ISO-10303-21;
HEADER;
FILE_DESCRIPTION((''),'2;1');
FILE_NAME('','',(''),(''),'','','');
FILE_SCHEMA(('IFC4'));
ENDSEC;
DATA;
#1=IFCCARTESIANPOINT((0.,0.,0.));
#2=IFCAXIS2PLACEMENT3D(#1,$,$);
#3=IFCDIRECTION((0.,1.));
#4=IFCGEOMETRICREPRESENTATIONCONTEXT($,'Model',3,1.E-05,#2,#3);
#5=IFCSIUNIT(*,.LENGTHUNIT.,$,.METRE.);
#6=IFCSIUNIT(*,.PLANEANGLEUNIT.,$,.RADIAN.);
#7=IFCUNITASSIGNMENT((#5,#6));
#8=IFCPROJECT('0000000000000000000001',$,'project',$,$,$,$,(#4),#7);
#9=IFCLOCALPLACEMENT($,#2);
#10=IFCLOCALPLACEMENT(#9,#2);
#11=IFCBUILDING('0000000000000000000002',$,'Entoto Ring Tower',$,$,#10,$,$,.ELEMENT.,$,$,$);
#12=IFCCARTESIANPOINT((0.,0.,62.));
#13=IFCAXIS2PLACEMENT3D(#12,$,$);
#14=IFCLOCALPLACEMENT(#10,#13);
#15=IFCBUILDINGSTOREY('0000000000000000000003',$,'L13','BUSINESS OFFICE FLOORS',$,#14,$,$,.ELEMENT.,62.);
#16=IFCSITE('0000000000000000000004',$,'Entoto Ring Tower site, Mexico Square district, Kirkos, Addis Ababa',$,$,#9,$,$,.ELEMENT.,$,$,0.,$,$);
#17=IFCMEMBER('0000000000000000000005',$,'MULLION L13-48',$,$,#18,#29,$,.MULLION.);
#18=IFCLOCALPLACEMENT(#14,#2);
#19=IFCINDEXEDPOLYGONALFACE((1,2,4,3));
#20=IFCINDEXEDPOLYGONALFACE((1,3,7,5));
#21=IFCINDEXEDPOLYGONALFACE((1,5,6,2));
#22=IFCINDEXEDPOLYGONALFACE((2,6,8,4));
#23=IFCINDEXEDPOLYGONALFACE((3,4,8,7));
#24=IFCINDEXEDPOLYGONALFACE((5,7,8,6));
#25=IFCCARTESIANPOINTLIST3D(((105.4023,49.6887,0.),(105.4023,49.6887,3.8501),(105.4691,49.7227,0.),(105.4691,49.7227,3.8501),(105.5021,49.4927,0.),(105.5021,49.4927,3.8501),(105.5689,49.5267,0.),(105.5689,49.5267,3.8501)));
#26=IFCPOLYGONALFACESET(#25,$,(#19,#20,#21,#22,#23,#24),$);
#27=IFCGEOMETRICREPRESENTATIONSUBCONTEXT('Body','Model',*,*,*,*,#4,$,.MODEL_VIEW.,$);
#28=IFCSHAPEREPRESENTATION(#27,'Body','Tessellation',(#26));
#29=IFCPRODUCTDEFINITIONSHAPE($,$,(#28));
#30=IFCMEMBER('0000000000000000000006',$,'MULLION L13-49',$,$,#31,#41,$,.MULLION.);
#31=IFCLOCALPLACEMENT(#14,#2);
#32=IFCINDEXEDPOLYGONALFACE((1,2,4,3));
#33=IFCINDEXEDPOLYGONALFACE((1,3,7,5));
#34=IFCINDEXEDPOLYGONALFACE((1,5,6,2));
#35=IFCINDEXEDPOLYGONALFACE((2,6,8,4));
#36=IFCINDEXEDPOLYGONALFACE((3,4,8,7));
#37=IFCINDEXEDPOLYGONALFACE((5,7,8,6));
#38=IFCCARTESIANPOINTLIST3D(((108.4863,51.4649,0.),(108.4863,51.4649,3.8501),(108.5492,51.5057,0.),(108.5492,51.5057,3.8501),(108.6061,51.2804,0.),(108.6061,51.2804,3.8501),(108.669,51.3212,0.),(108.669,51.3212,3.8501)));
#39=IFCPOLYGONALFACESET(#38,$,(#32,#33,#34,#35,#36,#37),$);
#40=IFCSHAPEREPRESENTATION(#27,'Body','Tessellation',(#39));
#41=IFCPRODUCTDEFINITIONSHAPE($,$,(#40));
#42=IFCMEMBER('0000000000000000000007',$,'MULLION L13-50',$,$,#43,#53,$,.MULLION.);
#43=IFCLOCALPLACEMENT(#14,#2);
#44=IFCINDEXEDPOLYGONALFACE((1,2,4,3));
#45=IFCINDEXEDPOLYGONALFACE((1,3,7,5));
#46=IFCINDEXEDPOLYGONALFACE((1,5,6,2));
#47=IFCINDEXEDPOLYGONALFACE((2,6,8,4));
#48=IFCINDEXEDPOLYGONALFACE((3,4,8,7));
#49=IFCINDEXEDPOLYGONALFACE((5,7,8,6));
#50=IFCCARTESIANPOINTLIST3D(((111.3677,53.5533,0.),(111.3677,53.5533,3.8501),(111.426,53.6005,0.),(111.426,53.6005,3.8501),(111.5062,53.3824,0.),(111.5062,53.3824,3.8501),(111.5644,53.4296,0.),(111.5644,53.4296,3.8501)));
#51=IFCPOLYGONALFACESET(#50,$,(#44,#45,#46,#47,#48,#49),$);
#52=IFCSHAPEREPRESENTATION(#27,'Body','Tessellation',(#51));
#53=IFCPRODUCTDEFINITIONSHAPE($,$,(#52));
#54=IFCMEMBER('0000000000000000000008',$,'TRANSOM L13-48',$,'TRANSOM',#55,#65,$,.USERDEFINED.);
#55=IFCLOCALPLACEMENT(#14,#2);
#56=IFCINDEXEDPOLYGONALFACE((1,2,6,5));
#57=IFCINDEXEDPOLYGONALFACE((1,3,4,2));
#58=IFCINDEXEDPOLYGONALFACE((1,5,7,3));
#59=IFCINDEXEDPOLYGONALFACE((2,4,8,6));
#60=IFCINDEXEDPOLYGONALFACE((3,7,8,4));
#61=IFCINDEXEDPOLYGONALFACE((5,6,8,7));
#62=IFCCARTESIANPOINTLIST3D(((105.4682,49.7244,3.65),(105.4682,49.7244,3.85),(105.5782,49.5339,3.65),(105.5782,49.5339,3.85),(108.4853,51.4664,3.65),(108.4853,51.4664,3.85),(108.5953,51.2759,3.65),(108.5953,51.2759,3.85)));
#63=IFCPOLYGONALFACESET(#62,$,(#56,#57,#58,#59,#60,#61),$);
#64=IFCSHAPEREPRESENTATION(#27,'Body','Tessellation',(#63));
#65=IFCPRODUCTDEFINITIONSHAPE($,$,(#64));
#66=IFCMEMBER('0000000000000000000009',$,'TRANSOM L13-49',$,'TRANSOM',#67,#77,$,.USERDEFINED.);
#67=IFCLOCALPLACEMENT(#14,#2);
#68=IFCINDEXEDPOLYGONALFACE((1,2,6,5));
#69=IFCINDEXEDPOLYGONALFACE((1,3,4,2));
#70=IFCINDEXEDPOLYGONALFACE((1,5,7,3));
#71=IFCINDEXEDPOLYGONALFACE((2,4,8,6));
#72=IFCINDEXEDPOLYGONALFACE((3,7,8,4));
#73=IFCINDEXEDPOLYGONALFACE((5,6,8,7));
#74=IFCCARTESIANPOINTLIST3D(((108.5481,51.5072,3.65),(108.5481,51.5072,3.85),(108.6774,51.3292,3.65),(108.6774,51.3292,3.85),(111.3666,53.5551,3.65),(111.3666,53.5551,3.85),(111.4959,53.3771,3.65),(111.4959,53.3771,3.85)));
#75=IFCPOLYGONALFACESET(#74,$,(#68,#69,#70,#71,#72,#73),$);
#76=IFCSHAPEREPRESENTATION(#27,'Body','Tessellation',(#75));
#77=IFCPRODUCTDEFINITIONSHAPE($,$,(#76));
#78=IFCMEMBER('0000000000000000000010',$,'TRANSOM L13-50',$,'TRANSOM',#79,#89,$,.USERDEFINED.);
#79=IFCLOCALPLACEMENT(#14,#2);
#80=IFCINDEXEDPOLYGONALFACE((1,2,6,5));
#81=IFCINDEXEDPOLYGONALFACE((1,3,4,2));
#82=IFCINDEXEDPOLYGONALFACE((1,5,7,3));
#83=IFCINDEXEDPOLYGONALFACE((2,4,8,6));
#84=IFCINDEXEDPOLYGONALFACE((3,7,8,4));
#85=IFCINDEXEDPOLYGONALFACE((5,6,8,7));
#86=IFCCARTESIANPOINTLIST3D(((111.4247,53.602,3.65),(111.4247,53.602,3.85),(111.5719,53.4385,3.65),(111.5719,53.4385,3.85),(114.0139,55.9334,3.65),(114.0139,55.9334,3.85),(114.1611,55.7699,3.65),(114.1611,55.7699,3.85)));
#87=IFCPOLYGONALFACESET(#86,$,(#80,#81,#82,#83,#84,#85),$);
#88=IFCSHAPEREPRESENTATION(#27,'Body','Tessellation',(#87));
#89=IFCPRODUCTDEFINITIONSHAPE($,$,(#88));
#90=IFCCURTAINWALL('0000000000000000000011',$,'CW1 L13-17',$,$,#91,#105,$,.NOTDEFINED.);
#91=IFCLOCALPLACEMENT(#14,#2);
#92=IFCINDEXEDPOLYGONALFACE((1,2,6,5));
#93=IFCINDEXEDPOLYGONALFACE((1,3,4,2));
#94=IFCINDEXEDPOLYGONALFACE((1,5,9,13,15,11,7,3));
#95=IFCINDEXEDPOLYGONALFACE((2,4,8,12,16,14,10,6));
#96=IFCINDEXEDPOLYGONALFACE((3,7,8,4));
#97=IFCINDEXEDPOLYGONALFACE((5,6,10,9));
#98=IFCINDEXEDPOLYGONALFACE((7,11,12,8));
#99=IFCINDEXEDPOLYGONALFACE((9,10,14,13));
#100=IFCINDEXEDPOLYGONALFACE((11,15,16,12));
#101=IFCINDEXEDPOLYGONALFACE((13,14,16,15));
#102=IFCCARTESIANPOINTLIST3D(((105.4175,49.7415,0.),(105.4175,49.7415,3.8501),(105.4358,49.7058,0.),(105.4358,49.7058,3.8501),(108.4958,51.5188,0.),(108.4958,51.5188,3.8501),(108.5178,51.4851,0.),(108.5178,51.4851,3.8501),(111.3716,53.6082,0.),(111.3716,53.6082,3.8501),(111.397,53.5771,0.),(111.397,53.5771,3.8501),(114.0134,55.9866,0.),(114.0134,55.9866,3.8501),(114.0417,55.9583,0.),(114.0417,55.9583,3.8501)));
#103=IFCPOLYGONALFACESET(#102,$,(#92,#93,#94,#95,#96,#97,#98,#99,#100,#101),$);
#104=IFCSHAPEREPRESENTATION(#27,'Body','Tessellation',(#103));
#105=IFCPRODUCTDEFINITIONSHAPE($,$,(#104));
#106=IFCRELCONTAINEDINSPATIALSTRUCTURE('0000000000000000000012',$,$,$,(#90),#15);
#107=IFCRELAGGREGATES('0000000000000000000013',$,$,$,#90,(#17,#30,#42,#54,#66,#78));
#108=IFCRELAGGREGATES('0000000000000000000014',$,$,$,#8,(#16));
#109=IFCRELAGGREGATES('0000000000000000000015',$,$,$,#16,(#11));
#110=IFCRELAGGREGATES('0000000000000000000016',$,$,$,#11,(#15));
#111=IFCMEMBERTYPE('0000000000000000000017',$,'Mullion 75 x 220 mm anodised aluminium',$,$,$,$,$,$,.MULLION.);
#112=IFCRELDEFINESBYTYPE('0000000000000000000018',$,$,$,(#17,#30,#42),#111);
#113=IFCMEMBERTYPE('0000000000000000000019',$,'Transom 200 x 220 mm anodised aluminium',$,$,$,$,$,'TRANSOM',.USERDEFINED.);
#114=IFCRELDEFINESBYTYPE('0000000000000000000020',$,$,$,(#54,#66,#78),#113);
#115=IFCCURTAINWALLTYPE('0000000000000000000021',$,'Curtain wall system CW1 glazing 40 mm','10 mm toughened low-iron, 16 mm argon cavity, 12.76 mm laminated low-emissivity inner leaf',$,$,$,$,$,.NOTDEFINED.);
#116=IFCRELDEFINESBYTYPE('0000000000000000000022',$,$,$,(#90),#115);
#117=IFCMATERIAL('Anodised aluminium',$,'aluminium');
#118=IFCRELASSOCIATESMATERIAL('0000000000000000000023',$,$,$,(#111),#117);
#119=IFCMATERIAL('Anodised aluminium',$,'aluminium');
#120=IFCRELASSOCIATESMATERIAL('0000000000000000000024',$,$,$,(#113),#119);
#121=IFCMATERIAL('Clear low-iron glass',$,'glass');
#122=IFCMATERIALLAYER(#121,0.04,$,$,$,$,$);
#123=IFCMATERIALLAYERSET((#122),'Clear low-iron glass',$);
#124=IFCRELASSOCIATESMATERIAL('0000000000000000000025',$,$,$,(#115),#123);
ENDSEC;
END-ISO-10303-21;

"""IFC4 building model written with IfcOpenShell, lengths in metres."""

from ifc_helpers import new_model, si_unit, direction, frame, origin, origin_2d, place, context, subcontext, project, spatial, polyline, rectangle, outline, extrude, material, layer, layer_set, material_profile, profile_set, type_object, element, aggregate, save


model = new_model("IFC4")

# Units and contexts
model_context = context("Model", 3, precision=1e-05, world=origin(), true_north=direction((0.0, 1.0)))
body_context = subcontext(model_context, "Body", "Model", "MODEL_VIEW")
ifc_project = project(units=[si_unit("LENGTHUNIT", "METRE"), si_unit("PLANEANGLEUNIT", "RADIAN")], contexts=[model_context])

# Members
ifc_material_1 = material(Name="Anodised aluminium", Category="aluminium")
ifc_material_profile_1 = material_profile(ifc_material_1, rectangle(XDim=0.075, YDim=0.22, at=origin_2d()), Name="Mullion 75 x 220 mm anodised aluminium")
ifc_profile_set_1 = profile_set([ifc_material_profile_1], Name="Anodised aluminium")
member_type_1 = type_object("IfcMemberType", Name="Mullion 75 x 220 mm anodised aluminium", PredefinedType="MULLION", material=ifc_profile_set_1)
site_placement = place(None, origin())
building_placement = place(site_placement, origin())
storey_placement = place(building_placement, frame((0.0, 0.0, 62.0)))
member_1_placement = place(storey_placement, frame((105.4856, 49.6077, 0.0), z_axis=(0.0, 0.0, 1.0), x_axis=(0.891007, 0.45399, 0.0)))
member_1 = element("IfcMember", 1, at=member_1_placement, type_object=member_type_1, Name="MULLION L13-48", PredefinedType="MULLION", context=body_context, shape_type="SweptSolid", body=[
    extrude(rectangle(XDim=0.075, YDim=0.22, at=origin_2d()), origin(), (0.0, 0.0, 1.0), 3.8501),
])
member_2_placement = place(storey_placement, frame((108.5776, 51.3931, 0.0), z_axis=(0.0, 0.0, 1.0), x_axis=(0.838671, 0.544639, 0.0)))
member_2 = element("IfcMember", 2, at=member_2_placement, type_object=member_type_1, Name="MULLION L13-49", PredefinedType="MULLION", context=body_context, shape_type="SweptSolid", body=[
    extrude(rectangle(XDim=0.075, YDim=0.22, at=origin_2d()), origin(), (0.0, 0.0, 1.0), 3.8501),
])
member_3_placement = place(storey_placement, frame((111.4661, 53.4915, 0.0), z_axis=(0.0, 0.0, 1.0), x_axis=(0.777146, 0.62932, 0.0)))
member_3 = element("IfcMember", 3, at=member_3_placement, type_object=member_type_1, Name="MULLION L13-50", PredefinedType="MULLION", context=body_context, shape_type="SweptSolid", body=[
    extrude(rectangle(XDim=0.075, YDim=0.22, at=origin_2d()), origin(), (0.0, 0.0, 1.0), 3.8501),
])
ifc_material_2 = material(Name="Anodised aluminium", Category="aluminium")
ifc_material_profile_2 = material_profile(ifc_material_2, rectangle(XDim=0.22, YDim=0.2, at=origin_2d()), Name="Transom 200 x 220 mm anodised aluminium")
ifc_profile_set_2 = profile_set([ifc_material_profile_2], Name="Anodised aluminium")
member_type_2 = type_object("IfcMemberType", Name="Transom 200 x 220 mm anodised aluminium", ElementType="TRANSOM", PredefinedType="USERDEFINED", material=ifc_profile_set_2)
member_4_placement = place(storey_placement, frame((105.5232, 49.6292, 3.75), z_axis=(0.866022, 0.500006, 0.0), x_axis=(-0.500006, 0.866022, 0.0)))
member_4 = element("IfcMember", 4, at=member_4_placement, type_object=member_type_2, Name="TRANSOM L13-48", ObjectType="TRANSOM", PredefinedType="USERDEFINED", context=body_context, shape_type="SweptSolid", body=[
    extrude(rectangle(XDim=0.22, YDim=0.2, at=origin_2d()), origin(), (0.0, 0.0, 1.0), 3.4839),
])
member_5_placement = place(storey_placement, frame((108.6128, 51.4182, 3.75), z_axis=(0.808991, 0.587822, 0.0), x_axis=(-0.587822, 0.808991, 0.0)))
member_5 = element("IfcMember", 5, at=member_5_placement, type_object=member_type_2, Name="TRANSOM L13-49", ObjectType="TRANSOM", PredefinedType="USERDEFINED", context=body_context, shape_type="SweptSolid", body=[
    extrude(rectangle(XDim=0.22, YDim=0.2, at=origin_2d()), origin(), (0.0, 0.0, 1.0), 3.4839),
])
member_6_placement = place(storey_placement, frame((111.4983, 53.5203, 3.75), z_axis=(0.743137, 0.669139, 0.0), x_axis=(-0.669139, 0.743137, 0.0)))
member_6 = element("IfcMember", 6, at=member_6_placement, type_object=member_type_2, Name="TRANSOM L13-50", ObjectType="TRANSOM", PredefinedType="USERDEFINED", context=body_context, shape_type="SweptSolid", body=[
    extrude(rectangle(XDim=0.22, YDim=0.2, at=origin_2d()), origin(), (0.0, 0.0, 1.0), 3.4841),
])

# Site, building, storey
site = spatial("IfcSite", under=ifc_project, at=site_placement, Name="Entoto Ring Tower site, Mexico Square district, Kirkos, Addis Ababa", CompositionType="ELEMENT", RefElevation=0.0)
building = spatial("IfcBuilding", under=site, at=building_placement, Name="Entoto Ring Tower", CompositionType="ELEMENT")
storey = spatial("IfcBuildingStorey", under=building, at=storey_placement, Name="L13", Description="BUSINESS OFFICE FLOORS", CompositionType="ELEMENT", Elevation=62.0)

# Curtain wall
ifc_material_3 = material(Name="Clear low-iron glass", Category="glass")
ifc_layer_1 = layer(ifc_material_3, 0.04)
ifc_layer_set_1 = layer_set([ifc_layer_1], Name="Clear low-iron glass")
curtain_wall_type = type_object("IfcCurtainWallType", Name="Curtain wall system CW1 glazing 40 mm", Description="10 mm toughened low-iron, 16 mm argon cavity, 12.76 mm laminated low-emissivity inner leaf", PredefinedType="NOTDEFINED", material=ifc_layer_set_1)
curtain_wall_1_placement = place(storey_placement, origin())
curtain_wall_1 = element("IfcCurtainWall", 7, at=curtain_wall_1_placement, inside=storey, type_object=curtain_wall_type, Name="CW1 L13-17", PredefinedType="NOTDEFINED", context=body_context, shape_type="SweptSolid", body=[
    extrude(outline(polyline([(105.4358, 49.7058), (108.5178, 51.4851), (111.397, 53.5771), (114.0417, 55.9583), (114.0134, 55.9866), (111.3716, 53.6082), (108.4958, 51.5188), (105.4175, 49.7415), (105.4358, 49.7058)])), origin(), (0.0, 0.0, 1.0), 3.8501),
])
aggregate(curtain_wall_1, [member_1, member_2, member_3, member_4, member_5, member_6])

save(model, "model.ifc")
